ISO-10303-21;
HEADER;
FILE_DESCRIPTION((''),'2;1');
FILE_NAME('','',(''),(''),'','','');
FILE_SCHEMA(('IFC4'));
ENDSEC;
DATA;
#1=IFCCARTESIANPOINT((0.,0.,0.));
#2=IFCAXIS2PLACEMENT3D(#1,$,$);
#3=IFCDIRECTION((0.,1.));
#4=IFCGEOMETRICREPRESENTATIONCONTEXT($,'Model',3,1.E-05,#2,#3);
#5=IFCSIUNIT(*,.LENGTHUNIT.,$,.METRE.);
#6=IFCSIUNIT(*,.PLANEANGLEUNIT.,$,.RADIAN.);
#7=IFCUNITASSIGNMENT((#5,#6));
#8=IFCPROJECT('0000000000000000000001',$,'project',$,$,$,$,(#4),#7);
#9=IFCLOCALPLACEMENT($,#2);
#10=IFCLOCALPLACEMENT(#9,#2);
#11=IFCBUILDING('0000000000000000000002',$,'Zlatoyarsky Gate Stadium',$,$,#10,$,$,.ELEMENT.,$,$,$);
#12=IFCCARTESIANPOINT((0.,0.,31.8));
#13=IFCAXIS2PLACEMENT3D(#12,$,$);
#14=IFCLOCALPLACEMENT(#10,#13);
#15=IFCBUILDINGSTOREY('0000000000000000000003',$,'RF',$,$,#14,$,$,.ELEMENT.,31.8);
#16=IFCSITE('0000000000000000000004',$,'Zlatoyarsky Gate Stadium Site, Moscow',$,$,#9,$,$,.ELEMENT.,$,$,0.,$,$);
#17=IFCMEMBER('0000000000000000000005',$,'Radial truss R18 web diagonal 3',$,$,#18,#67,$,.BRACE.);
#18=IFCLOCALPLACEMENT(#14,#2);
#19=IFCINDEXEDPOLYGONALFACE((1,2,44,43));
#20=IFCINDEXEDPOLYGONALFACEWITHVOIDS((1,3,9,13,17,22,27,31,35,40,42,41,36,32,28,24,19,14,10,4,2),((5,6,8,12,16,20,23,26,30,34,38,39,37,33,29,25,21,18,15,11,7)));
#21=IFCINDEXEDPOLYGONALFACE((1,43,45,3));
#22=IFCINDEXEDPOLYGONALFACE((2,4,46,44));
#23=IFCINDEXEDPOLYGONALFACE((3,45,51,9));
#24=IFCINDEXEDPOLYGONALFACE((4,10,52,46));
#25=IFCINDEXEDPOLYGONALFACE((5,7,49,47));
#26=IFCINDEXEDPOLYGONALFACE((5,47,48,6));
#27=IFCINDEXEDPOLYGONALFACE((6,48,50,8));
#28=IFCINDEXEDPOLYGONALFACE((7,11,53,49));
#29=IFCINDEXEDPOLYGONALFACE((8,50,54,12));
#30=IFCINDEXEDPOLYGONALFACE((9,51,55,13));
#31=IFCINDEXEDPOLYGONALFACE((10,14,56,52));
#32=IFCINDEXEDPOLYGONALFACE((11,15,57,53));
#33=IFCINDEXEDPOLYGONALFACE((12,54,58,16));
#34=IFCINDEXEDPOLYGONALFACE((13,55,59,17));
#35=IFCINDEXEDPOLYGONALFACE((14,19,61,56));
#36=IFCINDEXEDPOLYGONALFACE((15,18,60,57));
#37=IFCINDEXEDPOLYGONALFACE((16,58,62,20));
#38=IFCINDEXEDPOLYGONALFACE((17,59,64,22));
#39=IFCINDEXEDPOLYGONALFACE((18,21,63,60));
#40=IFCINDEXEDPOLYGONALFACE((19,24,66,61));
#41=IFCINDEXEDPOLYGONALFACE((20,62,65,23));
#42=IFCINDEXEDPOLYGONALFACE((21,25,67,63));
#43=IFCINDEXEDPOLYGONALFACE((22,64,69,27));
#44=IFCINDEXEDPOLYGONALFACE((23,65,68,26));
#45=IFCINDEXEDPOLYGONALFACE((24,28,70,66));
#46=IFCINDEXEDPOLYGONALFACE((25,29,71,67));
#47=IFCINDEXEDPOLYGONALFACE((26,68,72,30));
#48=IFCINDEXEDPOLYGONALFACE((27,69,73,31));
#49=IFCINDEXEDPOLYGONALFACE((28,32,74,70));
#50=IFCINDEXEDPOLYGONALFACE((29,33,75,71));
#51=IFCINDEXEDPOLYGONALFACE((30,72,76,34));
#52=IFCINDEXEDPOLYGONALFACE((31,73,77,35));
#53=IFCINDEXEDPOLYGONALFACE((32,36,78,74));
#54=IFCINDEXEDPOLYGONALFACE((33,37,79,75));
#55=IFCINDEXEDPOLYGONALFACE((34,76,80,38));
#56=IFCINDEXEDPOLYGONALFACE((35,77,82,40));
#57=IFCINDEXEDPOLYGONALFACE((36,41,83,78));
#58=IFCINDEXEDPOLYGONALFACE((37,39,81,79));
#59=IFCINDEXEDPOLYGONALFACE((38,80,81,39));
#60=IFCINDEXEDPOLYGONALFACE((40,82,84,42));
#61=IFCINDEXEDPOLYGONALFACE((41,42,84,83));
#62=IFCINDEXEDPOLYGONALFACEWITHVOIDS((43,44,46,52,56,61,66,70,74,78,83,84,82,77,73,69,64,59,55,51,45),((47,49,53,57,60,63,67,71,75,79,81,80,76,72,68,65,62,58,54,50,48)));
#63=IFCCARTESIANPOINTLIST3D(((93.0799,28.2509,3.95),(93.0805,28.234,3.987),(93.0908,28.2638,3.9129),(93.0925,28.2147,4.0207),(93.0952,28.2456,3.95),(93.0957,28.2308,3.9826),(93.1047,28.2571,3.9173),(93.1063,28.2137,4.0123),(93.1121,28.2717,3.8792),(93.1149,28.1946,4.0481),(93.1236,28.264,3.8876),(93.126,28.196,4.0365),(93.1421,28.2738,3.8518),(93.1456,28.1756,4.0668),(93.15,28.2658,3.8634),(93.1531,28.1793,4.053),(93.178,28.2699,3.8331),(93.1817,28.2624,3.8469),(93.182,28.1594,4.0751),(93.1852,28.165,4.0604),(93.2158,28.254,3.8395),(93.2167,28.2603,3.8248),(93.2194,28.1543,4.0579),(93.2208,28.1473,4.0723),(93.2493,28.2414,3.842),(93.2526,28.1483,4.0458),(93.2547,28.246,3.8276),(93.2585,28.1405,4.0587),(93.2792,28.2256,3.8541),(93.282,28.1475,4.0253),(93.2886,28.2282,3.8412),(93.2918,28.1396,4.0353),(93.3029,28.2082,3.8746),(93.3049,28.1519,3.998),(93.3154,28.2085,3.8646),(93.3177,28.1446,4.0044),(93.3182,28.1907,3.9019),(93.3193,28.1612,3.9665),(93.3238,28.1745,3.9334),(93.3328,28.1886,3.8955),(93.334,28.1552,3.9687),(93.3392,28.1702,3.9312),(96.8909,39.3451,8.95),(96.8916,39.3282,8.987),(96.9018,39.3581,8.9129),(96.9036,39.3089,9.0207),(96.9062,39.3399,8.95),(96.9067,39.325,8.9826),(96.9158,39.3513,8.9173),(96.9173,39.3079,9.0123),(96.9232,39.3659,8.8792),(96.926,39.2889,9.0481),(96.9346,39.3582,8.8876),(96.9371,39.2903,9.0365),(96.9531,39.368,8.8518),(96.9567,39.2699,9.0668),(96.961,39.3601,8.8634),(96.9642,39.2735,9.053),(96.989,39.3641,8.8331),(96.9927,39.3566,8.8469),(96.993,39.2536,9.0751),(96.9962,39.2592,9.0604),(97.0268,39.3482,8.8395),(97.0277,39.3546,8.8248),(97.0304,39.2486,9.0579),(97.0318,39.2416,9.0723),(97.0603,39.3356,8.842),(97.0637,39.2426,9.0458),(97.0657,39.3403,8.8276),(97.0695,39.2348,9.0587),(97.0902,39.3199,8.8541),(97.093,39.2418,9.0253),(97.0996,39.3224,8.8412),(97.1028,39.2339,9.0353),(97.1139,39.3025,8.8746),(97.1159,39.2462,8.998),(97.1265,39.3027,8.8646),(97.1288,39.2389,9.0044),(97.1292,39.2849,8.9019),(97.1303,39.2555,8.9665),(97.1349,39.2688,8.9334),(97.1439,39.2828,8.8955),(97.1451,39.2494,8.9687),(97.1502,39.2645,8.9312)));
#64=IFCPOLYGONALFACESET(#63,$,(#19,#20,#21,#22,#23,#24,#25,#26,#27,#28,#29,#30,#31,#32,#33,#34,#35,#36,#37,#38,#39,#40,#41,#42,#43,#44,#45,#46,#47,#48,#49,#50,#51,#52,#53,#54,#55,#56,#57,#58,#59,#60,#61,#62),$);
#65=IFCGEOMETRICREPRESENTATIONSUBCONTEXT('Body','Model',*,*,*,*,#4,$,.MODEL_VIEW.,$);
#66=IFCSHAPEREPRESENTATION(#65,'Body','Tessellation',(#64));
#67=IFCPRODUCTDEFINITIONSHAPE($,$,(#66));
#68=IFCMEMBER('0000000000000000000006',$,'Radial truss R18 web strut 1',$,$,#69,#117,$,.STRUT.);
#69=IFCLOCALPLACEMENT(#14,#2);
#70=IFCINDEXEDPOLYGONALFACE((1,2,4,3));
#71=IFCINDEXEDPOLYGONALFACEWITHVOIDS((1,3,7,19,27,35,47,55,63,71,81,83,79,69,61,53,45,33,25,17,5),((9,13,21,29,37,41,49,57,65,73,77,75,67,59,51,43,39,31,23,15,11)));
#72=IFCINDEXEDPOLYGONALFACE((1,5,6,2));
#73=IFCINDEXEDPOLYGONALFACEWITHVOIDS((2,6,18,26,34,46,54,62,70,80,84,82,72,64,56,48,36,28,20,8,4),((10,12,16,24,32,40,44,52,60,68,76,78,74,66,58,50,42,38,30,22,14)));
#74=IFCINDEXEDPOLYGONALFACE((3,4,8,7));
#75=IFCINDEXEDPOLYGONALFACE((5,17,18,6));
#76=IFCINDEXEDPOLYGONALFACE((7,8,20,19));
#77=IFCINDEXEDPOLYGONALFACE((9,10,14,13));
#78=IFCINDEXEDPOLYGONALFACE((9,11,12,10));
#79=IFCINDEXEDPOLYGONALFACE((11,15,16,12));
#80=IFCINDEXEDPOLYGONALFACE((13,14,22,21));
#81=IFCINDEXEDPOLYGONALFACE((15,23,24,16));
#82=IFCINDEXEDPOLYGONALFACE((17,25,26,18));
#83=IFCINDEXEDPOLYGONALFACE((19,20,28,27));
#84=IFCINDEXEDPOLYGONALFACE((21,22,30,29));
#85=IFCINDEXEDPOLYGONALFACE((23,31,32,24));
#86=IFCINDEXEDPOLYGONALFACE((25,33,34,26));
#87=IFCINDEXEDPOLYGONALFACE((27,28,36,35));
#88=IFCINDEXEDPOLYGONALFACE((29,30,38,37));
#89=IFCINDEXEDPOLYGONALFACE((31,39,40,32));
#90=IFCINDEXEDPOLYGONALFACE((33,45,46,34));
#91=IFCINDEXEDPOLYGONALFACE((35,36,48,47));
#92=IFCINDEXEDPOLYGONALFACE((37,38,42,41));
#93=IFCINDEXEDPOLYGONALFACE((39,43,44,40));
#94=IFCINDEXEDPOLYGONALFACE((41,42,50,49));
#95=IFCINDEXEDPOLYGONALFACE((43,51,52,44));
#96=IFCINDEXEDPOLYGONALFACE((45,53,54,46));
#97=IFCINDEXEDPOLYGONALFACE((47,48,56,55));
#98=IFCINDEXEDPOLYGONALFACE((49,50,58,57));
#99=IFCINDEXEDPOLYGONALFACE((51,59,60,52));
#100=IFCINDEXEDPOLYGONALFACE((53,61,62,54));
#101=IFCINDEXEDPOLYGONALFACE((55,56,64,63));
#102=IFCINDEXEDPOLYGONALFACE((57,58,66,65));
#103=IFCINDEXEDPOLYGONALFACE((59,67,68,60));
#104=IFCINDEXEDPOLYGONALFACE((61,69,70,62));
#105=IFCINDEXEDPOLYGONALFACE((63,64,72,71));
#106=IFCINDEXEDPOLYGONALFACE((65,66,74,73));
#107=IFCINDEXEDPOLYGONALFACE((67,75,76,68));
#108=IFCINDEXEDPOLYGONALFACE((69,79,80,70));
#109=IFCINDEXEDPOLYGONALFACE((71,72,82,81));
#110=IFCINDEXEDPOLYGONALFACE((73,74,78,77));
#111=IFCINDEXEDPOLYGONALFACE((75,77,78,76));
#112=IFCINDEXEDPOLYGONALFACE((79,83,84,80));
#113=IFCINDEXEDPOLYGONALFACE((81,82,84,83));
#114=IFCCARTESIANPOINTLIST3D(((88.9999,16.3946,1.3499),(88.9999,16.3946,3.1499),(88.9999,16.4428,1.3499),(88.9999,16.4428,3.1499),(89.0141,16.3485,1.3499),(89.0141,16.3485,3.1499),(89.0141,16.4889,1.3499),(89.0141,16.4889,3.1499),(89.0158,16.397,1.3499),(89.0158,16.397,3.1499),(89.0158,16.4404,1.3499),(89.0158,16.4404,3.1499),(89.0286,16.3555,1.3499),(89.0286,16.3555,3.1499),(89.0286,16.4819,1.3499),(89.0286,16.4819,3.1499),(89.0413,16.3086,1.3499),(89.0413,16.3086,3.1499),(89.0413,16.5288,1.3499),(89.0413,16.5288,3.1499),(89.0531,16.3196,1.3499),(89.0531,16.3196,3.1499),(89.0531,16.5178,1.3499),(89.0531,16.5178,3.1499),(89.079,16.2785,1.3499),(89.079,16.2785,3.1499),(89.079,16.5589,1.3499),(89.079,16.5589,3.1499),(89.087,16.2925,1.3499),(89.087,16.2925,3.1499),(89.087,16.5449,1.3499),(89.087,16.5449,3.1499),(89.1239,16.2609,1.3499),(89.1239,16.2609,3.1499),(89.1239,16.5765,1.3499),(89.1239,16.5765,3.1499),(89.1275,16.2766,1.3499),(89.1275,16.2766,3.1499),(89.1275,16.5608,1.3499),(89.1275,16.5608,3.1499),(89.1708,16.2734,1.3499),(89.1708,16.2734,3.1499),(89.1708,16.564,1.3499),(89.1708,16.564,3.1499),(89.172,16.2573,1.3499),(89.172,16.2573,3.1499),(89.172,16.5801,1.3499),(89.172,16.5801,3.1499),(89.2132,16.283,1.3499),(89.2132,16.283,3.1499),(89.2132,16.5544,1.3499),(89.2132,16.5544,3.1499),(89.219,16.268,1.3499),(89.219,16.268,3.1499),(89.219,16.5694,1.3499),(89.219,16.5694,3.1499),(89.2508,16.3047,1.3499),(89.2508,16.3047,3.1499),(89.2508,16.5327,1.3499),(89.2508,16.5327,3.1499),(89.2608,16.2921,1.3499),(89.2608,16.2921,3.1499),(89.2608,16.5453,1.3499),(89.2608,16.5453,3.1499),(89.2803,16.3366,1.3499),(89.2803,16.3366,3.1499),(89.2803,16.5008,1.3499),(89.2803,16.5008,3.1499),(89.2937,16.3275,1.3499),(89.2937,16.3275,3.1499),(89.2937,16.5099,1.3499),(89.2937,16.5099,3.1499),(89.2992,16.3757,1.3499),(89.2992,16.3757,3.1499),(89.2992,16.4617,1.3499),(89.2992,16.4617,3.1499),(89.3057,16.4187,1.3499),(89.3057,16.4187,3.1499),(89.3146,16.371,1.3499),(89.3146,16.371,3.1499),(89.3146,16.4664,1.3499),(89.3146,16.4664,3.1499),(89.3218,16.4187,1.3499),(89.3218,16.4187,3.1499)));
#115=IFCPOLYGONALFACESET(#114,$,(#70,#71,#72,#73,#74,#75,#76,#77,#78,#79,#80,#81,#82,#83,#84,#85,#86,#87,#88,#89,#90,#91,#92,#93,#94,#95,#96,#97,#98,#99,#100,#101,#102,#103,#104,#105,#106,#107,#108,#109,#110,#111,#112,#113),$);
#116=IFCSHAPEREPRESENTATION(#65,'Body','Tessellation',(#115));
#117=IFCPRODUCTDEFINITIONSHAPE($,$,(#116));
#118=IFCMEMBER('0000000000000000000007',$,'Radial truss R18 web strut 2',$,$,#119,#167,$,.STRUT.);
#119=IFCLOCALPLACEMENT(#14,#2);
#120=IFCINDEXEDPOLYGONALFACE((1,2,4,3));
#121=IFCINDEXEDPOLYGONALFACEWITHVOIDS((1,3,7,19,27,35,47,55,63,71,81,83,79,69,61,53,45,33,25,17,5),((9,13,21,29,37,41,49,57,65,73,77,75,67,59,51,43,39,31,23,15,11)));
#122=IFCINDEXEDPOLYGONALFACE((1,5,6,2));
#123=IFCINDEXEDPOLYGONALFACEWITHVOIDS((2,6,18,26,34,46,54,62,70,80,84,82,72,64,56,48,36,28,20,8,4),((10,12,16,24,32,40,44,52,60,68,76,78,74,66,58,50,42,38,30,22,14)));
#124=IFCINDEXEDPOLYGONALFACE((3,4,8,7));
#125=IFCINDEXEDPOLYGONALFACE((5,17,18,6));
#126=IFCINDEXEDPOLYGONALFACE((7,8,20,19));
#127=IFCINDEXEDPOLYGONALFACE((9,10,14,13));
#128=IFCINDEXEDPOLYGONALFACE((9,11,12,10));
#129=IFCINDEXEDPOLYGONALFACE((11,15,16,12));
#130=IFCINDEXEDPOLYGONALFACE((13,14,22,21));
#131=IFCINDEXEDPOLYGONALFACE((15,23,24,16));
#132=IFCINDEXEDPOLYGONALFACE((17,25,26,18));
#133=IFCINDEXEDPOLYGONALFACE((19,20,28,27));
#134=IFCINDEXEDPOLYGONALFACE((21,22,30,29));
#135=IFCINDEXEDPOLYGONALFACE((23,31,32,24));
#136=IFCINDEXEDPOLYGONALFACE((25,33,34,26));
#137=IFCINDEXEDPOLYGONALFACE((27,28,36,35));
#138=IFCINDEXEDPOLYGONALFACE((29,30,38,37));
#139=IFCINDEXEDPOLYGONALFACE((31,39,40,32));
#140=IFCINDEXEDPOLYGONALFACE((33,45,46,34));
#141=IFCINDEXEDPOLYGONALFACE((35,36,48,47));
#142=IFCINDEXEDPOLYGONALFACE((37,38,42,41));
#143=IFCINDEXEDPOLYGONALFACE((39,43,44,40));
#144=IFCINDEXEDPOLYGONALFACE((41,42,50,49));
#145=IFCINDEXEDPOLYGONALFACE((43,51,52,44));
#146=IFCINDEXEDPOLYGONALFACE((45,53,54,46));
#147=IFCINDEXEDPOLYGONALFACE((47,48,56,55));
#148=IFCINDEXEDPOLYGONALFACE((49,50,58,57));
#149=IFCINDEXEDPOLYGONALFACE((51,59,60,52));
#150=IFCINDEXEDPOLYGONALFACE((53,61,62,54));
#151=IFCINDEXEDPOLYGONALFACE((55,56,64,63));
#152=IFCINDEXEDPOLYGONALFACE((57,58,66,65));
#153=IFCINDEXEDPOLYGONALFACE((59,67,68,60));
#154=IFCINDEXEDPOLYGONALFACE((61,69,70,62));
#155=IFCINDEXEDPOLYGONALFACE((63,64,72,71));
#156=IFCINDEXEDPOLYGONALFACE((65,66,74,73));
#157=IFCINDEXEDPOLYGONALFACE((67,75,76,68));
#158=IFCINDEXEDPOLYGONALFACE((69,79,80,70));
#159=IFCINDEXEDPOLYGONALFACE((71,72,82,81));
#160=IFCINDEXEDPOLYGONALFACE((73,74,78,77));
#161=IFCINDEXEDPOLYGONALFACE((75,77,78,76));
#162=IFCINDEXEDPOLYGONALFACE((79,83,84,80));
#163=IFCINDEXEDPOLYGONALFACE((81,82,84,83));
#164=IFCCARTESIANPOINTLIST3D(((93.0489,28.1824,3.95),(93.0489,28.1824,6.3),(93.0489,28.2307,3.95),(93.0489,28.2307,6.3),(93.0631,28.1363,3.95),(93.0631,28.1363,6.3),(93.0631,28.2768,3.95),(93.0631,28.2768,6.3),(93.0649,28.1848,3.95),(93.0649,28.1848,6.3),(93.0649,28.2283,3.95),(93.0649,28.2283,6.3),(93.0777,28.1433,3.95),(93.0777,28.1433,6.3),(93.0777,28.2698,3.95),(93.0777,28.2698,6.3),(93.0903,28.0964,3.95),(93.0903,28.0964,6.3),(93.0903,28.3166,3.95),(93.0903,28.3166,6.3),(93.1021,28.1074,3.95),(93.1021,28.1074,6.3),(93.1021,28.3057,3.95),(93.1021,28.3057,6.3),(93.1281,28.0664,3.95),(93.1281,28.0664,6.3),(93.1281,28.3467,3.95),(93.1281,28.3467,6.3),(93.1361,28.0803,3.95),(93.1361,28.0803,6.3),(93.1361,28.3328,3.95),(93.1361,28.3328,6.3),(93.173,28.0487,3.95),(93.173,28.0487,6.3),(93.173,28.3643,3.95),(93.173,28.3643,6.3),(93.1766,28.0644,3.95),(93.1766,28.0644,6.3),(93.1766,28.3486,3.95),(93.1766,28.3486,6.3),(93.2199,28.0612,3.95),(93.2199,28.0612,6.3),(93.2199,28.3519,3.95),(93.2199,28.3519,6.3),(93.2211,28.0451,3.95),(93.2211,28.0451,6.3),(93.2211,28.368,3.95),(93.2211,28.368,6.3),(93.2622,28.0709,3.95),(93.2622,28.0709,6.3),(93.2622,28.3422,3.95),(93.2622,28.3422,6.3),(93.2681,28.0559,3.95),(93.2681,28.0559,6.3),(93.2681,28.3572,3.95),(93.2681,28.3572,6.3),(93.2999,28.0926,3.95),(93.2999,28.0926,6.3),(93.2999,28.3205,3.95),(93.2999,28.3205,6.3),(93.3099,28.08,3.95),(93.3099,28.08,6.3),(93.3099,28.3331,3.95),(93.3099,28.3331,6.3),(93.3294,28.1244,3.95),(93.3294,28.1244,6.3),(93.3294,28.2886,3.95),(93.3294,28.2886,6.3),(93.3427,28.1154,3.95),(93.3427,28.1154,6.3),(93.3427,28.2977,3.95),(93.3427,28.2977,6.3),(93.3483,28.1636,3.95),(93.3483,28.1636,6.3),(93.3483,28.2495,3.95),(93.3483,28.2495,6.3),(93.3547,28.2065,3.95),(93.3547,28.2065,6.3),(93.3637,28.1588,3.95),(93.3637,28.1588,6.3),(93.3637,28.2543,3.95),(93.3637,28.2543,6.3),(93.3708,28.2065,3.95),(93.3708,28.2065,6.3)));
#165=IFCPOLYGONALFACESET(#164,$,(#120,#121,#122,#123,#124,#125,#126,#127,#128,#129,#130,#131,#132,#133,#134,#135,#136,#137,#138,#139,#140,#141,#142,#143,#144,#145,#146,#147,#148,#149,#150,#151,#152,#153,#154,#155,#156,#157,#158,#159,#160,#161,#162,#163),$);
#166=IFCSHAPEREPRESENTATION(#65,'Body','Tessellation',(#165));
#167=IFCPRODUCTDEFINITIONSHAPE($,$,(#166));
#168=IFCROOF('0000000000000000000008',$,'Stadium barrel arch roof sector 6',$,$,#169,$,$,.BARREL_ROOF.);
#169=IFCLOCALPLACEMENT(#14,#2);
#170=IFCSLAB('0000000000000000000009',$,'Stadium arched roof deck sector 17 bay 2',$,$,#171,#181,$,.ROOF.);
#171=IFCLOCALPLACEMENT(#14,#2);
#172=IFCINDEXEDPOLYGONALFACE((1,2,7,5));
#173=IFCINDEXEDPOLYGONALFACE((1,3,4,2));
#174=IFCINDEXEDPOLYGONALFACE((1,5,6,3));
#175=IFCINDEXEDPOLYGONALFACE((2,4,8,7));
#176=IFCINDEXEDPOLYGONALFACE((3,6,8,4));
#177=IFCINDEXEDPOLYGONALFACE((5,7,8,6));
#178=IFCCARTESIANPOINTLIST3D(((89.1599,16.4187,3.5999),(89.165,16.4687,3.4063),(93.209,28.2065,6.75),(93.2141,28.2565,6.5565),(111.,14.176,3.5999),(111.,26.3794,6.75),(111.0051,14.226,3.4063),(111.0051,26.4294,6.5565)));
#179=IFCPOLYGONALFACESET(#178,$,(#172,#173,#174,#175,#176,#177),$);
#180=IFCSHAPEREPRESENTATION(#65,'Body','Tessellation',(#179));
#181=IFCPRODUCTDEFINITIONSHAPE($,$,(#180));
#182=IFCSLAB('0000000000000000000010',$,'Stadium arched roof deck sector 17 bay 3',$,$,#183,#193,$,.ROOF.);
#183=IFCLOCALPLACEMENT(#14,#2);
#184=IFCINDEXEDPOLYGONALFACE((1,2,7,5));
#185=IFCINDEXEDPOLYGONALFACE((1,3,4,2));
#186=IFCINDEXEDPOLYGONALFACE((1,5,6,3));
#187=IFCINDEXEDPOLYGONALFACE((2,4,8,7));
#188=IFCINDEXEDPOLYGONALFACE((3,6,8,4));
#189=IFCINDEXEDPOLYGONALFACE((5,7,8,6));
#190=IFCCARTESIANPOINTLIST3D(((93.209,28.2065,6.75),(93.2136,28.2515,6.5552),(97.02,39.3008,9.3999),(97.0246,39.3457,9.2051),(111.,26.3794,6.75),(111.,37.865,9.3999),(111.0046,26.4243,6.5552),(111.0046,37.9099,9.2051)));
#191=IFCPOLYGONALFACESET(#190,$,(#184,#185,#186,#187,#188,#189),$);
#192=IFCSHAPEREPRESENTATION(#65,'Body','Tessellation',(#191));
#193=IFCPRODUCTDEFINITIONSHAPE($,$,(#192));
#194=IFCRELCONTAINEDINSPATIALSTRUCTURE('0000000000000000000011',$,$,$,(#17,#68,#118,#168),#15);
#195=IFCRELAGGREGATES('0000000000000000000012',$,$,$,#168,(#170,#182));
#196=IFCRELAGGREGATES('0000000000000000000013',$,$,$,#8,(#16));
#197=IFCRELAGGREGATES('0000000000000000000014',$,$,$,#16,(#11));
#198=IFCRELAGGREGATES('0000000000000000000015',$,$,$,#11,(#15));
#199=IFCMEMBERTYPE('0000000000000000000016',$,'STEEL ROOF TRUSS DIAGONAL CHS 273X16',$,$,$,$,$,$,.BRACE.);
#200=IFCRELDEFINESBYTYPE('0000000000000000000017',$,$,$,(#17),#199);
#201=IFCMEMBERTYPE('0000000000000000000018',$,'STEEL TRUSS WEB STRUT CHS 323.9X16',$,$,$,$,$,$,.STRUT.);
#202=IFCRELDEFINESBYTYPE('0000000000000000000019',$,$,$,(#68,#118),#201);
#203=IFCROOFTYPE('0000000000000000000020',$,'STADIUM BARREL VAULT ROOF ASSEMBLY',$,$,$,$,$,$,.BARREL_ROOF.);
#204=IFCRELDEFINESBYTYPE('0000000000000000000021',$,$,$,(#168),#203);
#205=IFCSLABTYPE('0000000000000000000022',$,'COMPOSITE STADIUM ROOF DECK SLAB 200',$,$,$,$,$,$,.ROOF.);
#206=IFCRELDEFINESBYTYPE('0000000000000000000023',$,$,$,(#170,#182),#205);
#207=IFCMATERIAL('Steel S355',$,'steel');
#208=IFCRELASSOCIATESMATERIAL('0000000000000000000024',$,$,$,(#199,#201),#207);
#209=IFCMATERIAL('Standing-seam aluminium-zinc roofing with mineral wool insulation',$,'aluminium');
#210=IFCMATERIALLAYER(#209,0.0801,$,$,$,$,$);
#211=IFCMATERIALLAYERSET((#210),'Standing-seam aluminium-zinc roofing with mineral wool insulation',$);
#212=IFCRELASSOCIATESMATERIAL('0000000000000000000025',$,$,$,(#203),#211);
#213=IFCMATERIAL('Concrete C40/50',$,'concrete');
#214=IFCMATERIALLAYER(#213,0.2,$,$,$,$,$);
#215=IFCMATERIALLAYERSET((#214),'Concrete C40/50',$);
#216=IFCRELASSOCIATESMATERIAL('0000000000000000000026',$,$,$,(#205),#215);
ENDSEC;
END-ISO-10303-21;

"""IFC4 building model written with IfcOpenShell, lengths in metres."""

from ifc_helpers import new_model, si_unit, direction, frame, origin, origin_2d, place, context, subcontext, project, spatial, polyline, hollow_circle, outline, extrude, material, layer, layer_set, material_profile, profile_set, type_object, element, aggregate, save


model = new_model("IFC4")

# Units and contexts
model_context = context("Model", 3, precision=1e-05, world=origin(), true_north=direction((0.0, 1.0)))
body_context = subcontext(model_context, "Body", "Model", "MODEL_VIEW")
ifc_project = project(units=[si_unit("LENGTHUNIT", "METRE"), si_unit("PLANEANGLEUNIT", "RADIAN")], contexts=[model_context])

# Site, building, storey
site_placement = place(None, origin())
site = spatial("IfcSite", under=ifc_project, at=site_placement, Name="Zlatoyarsky Gate Stadium Site, Moscow", CompositionType="ELEMENT", RefElevation=0.0)
building_placement = place(site_placement, origin())
building = spatial("IfcBuilding", under=site, at=building_placement, Name="Zlatoyarsky Gate Stadium", CompositionType="ELEMENT")
storey_placement = place(building_placement, frame((0.0, 0.0, 31.8)))
storey = spatial("IfcBuildingStorey", under=building, at=storey_placement, Name="RF", CompositionType="ELEMENT", Elevation=31.8)

# Shared definitions
ifc_material_1 = material(Name="Steel S355", Category="steel")

# Members
ifc_material_profile_1 = material_profile(ifc_material_1, hollow_circle(Radius=0.1365, WallThickness=0.0161, at=origin_2d()), Name="CHS 273X16")
ifc_profile_set_1 = profile_set([ifc_material_profile_1], Name="Steel S355")
member_type_1 = type_object("IfcMemberType", Name="STEEL ROOF TRUSS DIAGONAL CHS 273X16", PredefinedType="BRACE", material=ifc_profile_set_1)
member_1_placement = place(storey_placement, frame((93.209, 28.2065, 3.95), z_axis=(0.298865, 0.87002, 0.392104), x_axis=(-0.945755, 0.324881, 0.0)))
element("IfcMember", 1, at=member_1_placement, inside=storey, type_object=member_type_1, Name="Radial truss R18 web diagonal 3", PredefinedType="BRACE", context=body_context, shape_type="SweptSolid", body=[
    extrude(hollow_circle(Radius=0.1365, WallThickness=0.0161, at=origin_2d()), origin(), (0.0, 0.0, 1.0), 12.7517),
])
ifc_material_profile_2 = material_profile(ifc_material_1, hollow_circle(Radius=0.1619, WallThickness=0.0161, at=origin_2d()), Name="CHS 323.9X16")
ifc_profile_set_2 = profile_set([ifc_material_profile_2], Name="Steel S355")
member_type_2 = type_object("IfcMemberType", Name="STEEL TRUSS WEB STRUT CHS 323.9X16", PredefinedType="STRUT", material=ifc_profile_set_2)
member_2_placement = place(storey_placement, frame((89.1599, 16.4187, 1.3499), z_axis=(0.0, 0.0, 1.0), x_axis=(1.0, 0.0, 0.0)))
element("IfcMember", 2, at=member_2_placement, inside=storey, type_object=member_type_2, Name="Radial truss R18 web strut 1", PredefinedType="STRUT", context=body_context, shape_type="SweptSolid", body=[
    extrude(hollow_circle(Radius=0.1619, WallThickness=0.0161, at=origin_2d()), origin(), (0.0, 0.0, 1.0), 1.8),
])
member_3_placement = place(storey_placement, frame((93.209, 28.2065, 3.95), z_axis=(0.0, 0.0, 1.0), x_axis=(1.0, 0.0, 0.0)))
element("IfcMember", 3, at=member_3_placement, inside=storey, type_object=member_type_2, Name="Radial truss R18 web strut 2", PredefinedType="STRUT", context=body_context, shape_type="SweptSolid", body=[
    extrude(hollow_circle(Radius=0.1619, WallThickness=0.0161, at=origin_2d()), origin(), (0.0, 0.0, 1.0), 2.3501),
])

# Roof, slabs
ifc_material_2 = material(Name="Standing-seam aluminium-zinc roofing with mineral wool insulation", Category="aluminium")
ifc_layer_1 = layer(ifc_material_2, 0.0801)
ifc_layer_set_1 = layer_set([ifc_layer_1], Name="Standing-seam aluminium-zinc roofing with mineral wool insulation")
roof_type = type_object("IfcRoofType", Name="STADIUM BARREL VAULT ROOF ASSEMBLY", PredefinedType="BARREL_ROOF", material=ifc_layer_set_1)
roof_placement = place(storey_placement, origin())
roof = element("IfcRoof", 4, at=roof_placement, inside=storey, type_object=roof_type, Name="Stadium barrel arch roof sector 6", PredefinedType="BARREL_ROOF")
ifc_material_3 = material(Name="Concrete C40/50", Category="concrete")
ifc_layer_2 = layer(ifc_material_3, 0.2)
ifc_layer_set_2 = layer_set([ifc_layer_2], Name="Concrete C40/50")
slab_type = type_object("IfcSlabType", Name="COMPOSITE STADIUM ROOF DECK SLAB 200", PredefinedType="ROOF", material=ifc_layer_set_2)
slab_1_placement = place(storey_placement, frame((89.1599, 16.4187, 3.5999), z_axis=(-0.025659, -0.249859, 0.967942), x_axis=(0.994769, -0.102149, 0.000002)))
slab_1 = element("IfcSlab", 5, at=slab_1_placement, type_object=slab_type, Name="Stadium arched roof deck sector 17 bay 2", PredefinedType="ROOF", context=body_context, shape_type="SweptSolid", body=[
    extrude(outline(polyline([(0.0, 0.0), (21.9549, 0.0), (20.7084, 12.5416), (2.8238, 12.5418), (0.0, 0.0)])), origin(), (0.0, 0.0, -1.0), 0.2),
])
slab_2_placement = place(storey_placement, frame((93.209, 28.2065, 6.75), z_axis=(-0.023082, -0.224749, 0.974143), x_axis=(0.994768, -0.102163, 0.0)))
slab_2 = element("IfcSlab", 6, at=slab_2_placement, type_object=slab_type, Name="Stadium arched roof deck sector 17 bay 3", PredefinedType="ROOF", context=body_context, shape_type="SweptSolid", body=[
    extrude(outline(polyline([(0.0, 0.0), (17.8846, 0.0), (16.7112, 11.7288), (2.6577, 11.7288), (0.0, 0.0)])), origin(), (0.0, 0.0, -1.0), 0.2),
])

aggregate(roof, [slab_1, slab_2])

save(model, "model.ifc")
